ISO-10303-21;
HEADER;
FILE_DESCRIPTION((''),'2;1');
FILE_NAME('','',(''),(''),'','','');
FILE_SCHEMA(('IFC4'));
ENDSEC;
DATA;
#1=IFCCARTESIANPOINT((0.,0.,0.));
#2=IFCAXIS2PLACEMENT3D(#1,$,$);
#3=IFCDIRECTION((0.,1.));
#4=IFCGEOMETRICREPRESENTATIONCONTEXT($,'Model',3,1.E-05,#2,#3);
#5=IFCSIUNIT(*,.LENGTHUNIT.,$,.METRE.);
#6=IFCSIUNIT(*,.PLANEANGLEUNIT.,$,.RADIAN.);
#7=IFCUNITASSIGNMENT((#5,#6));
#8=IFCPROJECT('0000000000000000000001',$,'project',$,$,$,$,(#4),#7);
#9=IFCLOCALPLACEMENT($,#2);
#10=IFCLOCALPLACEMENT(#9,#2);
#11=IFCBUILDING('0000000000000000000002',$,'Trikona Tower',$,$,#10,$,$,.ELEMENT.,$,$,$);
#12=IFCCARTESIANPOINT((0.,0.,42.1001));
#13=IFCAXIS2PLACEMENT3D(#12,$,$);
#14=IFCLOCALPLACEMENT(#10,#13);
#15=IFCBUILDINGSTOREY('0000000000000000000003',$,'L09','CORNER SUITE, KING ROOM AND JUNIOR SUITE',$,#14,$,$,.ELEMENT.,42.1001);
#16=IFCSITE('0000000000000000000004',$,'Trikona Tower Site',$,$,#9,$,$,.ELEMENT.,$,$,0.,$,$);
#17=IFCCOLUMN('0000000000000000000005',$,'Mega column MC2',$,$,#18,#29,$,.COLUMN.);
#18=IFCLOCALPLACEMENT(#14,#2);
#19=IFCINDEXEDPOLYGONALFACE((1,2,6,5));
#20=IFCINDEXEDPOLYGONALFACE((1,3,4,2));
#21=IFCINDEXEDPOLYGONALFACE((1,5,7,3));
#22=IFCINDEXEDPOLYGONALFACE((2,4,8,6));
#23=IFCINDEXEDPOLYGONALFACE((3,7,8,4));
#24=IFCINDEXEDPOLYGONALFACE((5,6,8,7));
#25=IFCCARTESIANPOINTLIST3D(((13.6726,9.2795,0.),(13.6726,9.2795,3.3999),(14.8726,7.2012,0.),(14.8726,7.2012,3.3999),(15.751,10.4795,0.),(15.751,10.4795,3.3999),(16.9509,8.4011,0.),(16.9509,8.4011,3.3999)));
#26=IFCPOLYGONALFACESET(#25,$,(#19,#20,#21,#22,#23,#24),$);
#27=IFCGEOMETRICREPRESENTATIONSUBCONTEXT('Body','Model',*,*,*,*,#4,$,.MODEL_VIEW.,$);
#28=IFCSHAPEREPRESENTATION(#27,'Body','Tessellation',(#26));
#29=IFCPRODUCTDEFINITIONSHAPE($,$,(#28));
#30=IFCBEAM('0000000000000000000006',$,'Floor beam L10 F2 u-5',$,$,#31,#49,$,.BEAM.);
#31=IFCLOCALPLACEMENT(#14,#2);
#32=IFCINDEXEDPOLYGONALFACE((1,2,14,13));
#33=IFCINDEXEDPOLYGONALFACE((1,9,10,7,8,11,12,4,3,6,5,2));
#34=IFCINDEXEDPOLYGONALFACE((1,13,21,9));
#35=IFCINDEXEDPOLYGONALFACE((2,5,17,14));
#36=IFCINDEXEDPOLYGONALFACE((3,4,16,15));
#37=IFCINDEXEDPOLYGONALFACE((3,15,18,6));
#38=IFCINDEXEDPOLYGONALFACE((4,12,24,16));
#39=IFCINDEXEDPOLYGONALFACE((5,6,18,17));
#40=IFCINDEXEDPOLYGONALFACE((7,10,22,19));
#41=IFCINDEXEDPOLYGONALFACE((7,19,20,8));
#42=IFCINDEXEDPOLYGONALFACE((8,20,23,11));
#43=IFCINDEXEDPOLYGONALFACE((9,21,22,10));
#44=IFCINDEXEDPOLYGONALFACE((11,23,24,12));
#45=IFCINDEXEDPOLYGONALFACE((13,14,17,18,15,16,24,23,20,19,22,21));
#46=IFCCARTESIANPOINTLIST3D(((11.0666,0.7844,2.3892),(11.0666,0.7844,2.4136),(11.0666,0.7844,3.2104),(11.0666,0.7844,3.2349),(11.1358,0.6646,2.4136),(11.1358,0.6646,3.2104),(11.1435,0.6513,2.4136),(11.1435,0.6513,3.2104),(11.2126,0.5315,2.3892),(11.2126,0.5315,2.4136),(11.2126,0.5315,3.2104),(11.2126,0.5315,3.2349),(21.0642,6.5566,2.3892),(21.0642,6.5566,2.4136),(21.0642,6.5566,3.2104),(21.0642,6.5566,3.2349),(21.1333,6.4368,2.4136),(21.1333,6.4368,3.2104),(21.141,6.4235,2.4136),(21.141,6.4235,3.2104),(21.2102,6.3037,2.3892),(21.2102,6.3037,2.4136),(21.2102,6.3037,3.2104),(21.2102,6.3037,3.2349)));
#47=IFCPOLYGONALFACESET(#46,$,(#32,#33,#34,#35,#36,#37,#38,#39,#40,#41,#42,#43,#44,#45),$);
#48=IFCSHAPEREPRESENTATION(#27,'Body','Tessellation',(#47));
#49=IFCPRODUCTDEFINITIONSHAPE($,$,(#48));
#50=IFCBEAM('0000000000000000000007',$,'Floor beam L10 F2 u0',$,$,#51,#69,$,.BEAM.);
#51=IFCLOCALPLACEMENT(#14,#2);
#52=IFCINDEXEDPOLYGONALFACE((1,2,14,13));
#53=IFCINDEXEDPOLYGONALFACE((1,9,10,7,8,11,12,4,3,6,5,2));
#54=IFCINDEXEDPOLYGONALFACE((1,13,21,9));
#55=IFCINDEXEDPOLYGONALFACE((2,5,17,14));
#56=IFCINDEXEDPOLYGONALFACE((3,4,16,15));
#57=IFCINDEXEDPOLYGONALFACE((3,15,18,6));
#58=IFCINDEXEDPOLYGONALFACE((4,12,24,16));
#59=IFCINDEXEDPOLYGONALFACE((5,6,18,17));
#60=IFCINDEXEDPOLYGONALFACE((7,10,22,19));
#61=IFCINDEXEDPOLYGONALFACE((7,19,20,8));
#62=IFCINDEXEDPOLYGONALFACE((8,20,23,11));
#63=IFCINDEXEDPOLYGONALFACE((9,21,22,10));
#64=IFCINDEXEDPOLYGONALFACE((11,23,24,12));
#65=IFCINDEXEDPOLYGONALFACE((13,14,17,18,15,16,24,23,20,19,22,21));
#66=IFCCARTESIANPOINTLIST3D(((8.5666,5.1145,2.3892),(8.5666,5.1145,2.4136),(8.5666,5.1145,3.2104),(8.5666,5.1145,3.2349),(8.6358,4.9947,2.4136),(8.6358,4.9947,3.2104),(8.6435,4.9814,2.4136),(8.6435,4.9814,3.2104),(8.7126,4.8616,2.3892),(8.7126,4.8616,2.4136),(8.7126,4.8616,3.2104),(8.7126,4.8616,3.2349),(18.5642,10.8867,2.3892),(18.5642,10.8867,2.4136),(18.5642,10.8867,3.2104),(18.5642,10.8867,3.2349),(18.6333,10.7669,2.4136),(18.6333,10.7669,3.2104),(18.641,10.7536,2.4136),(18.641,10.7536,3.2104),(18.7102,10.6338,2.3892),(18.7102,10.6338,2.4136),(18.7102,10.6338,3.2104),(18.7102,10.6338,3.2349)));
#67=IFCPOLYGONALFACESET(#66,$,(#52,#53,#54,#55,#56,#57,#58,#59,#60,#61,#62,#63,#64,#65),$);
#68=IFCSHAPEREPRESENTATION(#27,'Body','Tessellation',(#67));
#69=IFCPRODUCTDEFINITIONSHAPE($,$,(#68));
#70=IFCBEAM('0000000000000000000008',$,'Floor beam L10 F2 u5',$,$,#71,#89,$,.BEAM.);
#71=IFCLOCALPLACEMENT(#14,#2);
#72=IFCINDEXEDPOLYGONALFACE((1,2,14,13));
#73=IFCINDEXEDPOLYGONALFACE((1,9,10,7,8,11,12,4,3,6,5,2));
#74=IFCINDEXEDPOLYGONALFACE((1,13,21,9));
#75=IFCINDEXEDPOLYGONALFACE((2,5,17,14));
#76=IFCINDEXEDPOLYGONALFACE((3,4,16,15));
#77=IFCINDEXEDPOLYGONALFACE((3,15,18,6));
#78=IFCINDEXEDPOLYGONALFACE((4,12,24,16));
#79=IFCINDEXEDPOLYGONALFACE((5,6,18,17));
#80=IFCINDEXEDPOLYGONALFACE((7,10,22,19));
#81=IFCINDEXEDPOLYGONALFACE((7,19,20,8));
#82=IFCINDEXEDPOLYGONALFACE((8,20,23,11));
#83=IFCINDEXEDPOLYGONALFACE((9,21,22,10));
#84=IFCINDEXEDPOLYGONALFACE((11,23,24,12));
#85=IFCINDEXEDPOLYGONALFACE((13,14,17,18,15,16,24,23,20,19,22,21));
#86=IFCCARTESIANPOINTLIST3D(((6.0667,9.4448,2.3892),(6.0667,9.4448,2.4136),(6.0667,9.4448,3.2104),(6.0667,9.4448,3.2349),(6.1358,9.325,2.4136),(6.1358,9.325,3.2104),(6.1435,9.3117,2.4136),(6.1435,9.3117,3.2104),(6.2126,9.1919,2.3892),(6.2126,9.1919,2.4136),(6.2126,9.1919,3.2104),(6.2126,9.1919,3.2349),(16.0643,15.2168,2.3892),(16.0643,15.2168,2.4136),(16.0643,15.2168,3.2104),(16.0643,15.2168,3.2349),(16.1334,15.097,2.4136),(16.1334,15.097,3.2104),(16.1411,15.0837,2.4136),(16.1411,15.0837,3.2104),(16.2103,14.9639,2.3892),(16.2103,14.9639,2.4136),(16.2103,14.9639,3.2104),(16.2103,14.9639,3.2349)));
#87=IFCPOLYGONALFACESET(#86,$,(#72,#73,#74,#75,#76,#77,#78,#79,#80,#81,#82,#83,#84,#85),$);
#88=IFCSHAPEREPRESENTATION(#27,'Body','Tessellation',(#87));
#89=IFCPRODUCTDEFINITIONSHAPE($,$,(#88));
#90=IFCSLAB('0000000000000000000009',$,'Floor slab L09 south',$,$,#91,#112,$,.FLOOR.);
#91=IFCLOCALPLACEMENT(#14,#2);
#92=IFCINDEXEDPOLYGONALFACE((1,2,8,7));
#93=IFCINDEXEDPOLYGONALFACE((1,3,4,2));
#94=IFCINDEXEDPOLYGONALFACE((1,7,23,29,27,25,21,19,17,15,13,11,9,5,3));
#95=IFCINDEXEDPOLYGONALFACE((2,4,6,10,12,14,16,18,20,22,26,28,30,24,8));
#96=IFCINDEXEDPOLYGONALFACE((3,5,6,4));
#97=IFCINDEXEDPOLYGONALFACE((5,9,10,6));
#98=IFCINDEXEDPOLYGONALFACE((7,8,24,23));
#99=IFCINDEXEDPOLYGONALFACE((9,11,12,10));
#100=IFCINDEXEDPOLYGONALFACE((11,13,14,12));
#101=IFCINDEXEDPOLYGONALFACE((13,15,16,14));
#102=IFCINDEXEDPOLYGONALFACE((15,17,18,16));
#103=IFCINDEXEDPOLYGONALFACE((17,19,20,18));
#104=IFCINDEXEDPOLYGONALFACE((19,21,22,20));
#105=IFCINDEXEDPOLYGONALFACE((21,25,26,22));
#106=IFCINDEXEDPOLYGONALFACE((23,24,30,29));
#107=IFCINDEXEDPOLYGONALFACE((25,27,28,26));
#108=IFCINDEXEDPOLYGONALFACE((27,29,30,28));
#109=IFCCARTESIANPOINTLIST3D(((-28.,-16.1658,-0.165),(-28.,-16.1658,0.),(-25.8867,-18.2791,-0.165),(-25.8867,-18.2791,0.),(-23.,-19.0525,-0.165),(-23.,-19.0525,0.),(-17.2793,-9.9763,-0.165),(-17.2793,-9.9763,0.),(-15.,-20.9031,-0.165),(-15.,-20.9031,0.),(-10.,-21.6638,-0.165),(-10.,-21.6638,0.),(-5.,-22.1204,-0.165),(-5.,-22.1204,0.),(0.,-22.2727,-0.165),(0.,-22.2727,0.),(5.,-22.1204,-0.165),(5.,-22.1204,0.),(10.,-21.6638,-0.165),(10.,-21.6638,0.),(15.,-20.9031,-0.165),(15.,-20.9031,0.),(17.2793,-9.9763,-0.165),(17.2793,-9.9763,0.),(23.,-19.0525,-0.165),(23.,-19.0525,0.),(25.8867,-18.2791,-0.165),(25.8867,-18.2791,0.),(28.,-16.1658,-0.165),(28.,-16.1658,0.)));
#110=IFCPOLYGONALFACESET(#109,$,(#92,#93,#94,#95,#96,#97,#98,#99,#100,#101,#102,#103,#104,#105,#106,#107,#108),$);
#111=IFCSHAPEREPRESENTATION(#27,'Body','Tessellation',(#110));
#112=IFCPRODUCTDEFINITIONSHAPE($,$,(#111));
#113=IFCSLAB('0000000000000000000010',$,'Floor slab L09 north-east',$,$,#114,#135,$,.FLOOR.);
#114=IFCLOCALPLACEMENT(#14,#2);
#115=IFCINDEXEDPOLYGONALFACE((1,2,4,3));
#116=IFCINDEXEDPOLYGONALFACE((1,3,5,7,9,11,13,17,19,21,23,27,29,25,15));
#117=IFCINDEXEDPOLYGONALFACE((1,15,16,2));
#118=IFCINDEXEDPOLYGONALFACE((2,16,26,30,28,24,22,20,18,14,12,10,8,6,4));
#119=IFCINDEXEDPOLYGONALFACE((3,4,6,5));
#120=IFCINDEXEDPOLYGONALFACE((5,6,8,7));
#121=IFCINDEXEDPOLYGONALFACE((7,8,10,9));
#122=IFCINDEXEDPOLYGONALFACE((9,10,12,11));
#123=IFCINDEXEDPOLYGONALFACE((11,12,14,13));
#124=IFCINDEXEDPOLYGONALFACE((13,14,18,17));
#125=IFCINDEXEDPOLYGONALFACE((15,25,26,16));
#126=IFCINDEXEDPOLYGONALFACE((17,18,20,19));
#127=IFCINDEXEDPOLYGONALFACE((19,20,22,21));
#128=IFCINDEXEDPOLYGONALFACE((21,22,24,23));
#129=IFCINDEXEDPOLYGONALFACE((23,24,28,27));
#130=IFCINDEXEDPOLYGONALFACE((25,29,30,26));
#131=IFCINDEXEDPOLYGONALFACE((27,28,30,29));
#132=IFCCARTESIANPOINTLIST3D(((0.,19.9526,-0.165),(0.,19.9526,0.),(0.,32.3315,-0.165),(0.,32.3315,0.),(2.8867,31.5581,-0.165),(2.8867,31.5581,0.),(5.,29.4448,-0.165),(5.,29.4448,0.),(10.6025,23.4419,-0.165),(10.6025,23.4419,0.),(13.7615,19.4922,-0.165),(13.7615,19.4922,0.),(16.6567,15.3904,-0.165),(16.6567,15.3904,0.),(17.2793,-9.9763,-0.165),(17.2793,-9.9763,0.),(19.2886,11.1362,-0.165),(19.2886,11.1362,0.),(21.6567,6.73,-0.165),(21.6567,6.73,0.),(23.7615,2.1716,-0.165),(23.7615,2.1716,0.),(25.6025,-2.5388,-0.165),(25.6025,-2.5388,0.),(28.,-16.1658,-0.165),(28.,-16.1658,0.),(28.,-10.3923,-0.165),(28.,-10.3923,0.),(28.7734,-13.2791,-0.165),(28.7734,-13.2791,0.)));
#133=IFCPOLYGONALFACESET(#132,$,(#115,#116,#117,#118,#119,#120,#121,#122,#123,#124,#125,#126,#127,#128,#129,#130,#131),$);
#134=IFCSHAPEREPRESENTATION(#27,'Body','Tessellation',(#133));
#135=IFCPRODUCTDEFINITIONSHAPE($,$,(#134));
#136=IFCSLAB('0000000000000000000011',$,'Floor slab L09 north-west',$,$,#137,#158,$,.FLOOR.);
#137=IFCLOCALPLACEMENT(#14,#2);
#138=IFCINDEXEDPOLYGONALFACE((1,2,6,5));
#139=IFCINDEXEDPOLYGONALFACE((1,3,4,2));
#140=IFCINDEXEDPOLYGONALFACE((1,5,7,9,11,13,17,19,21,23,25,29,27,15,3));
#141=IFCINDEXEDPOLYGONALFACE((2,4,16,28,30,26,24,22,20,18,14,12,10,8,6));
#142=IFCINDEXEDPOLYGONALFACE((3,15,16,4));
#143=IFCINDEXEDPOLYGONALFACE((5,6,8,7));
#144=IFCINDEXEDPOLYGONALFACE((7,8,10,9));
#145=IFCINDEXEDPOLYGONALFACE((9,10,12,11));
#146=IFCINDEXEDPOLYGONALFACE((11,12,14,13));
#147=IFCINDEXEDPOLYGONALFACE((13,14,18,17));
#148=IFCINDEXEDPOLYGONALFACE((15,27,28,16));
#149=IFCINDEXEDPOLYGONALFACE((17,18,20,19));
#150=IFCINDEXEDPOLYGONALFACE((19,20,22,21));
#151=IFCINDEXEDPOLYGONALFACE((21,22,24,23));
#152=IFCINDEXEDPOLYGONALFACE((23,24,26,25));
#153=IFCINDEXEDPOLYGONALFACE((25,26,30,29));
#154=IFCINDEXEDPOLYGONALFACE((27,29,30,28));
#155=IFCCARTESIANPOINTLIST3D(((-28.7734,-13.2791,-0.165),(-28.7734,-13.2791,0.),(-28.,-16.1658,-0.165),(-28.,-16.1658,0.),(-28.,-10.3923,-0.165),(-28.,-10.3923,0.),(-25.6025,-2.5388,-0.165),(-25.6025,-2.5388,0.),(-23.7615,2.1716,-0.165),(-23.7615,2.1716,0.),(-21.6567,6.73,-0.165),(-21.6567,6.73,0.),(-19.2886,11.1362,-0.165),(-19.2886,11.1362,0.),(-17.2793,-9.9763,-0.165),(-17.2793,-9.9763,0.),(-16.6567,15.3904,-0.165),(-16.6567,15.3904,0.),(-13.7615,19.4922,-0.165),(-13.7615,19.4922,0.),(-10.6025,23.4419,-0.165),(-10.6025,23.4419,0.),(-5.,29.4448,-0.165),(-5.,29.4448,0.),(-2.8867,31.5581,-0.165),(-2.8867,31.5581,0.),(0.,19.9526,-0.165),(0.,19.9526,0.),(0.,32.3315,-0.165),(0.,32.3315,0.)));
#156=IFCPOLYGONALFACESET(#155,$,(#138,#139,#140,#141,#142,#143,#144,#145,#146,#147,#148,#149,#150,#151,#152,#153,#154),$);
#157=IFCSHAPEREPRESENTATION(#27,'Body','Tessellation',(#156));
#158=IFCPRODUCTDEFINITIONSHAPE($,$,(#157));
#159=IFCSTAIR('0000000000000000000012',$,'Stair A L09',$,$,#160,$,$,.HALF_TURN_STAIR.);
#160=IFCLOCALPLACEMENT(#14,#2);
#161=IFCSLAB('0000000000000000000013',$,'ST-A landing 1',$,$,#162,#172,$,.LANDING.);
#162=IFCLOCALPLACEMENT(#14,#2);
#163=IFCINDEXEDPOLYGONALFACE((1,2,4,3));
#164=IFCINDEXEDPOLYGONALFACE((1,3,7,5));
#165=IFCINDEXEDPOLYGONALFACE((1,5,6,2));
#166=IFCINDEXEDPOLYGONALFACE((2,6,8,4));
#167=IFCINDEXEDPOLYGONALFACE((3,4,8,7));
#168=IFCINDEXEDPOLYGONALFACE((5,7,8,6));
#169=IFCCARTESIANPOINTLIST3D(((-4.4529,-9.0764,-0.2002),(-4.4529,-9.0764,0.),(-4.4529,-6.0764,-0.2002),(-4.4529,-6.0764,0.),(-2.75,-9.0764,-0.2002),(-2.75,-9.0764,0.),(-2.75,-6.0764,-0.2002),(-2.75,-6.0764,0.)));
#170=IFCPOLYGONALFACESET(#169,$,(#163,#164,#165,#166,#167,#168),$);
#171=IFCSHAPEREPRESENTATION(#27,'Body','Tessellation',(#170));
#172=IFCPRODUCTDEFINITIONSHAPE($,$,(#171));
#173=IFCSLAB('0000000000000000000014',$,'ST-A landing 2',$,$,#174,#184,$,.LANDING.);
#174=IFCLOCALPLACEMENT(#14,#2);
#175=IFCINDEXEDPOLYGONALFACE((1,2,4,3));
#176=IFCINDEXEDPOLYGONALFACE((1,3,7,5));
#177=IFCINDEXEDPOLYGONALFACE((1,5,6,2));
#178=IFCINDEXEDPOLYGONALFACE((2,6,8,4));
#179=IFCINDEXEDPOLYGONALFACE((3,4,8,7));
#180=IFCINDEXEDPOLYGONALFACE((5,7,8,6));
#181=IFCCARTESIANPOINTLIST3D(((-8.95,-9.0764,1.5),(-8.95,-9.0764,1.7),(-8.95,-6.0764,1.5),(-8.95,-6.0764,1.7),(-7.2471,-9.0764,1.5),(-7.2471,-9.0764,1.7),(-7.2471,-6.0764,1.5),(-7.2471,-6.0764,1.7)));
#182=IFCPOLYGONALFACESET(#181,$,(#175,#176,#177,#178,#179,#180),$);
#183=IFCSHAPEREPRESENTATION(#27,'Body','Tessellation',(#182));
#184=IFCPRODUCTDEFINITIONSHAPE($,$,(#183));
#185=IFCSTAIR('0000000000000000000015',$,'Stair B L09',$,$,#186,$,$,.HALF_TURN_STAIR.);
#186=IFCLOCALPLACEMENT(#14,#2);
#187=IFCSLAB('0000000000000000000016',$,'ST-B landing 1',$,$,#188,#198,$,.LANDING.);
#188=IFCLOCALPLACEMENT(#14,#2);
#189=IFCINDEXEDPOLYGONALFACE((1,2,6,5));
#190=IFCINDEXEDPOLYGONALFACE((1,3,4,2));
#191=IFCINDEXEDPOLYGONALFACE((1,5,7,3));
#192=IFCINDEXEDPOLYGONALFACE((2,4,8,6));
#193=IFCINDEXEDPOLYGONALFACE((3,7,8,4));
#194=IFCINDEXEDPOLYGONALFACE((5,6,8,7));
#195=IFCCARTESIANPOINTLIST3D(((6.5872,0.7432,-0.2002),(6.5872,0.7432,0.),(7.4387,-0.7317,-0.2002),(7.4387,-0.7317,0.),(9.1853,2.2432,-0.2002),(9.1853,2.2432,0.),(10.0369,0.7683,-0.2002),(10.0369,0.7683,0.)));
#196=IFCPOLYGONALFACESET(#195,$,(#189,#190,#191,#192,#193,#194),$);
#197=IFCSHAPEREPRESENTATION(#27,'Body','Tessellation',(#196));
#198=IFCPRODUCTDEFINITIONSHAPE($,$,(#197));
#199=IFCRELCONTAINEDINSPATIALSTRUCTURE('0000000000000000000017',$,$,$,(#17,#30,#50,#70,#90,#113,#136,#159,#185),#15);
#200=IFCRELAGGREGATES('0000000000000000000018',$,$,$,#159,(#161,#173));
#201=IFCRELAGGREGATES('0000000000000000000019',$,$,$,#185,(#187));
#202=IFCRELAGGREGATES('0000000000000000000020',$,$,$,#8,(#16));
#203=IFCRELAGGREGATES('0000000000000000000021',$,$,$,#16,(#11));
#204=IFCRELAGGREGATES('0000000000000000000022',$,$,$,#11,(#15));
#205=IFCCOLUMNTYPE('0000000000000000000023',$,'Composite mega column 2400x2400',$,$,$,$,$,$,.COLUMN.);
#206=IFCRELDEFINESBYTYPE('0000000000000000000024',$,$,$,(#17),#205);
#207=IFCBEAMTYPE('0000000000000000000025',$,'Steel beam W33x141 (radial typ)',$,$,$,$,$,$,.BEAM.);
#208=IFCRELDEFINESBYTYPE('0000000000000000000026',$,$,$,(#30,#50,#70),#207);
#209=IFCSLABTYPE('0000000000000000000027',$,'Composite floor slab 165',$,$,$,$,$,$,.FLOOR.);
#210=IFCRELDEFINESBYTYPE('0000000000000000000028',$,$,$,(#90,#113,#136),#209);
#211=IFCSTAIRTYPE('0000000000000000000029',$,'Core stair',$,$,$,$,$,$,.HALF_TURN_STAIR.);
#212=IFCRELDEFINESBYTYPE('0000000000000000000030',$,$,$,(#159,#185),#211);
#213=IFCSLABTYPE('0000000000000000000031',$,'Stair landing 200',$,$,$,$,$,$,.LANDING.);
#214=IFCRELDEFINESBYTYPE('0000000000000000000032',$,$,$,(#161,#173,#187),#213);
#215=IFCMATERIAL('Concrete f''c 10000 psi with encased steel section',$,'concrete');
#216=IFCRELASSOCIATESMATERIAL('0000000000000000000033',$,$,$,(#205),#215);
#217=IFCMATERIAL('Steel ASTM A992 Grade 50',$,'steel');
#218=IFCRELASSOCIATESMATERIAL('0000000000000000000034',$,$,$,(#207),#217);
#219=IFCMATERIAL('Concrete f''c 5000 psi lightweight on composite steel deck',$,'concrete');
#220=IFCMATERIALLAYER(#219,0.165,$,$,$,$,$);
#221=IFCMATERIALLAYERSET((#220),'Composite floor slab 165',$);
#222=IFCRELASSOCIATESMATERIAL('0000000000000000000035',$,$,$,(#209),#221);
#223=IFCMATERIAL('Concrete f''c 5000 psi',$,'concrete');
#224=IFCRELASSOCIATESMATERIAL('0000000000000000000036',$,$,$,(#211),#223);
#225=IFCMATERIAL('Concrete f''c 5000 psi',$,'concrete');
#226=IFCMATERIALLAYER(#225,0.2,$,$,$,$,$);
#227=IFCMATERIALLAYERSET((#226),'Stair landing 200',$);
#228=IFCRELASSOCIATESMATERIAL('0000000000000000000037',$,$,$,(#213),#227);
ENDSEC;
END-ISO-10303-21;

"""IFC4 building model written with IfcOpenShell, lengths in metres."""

from ifc_helpers import new_model, si_unit, direction, frame, origin, origin_2d, place, context, subcontext, project, spatial, polyline, rectangle, i_section, outline, extrude, material, layer, layer_set, material_profile, profile_set, type_object, element, aggregate, save


model = new_model("IFC4")

# Units and contexts
model_context = context("Model", 3, precision=1e-05, world=origin(), true_north=direction((0.0, 1.0)))
body_context = subcontext(model_context, "Body", "Model", "MODEL_VIEW")
ifc_project = project(units=[si_unit("LENGTHUNIT", "METRE"), si_unit("PLANEANGLEUNIT", "RADIAN")], contexts=[model_context])

# Site, building, storey
site_placement = place(None, origin())
site = spatial("IfcSite", under=ifc_project, at=site_placement, Name="Trikona Tower Site", CompositionType="ELEMENT", RefElevation=0.0)
building_placement = place(site_placement, origin())
building = spatial("IfcBuilding", under=site, at=building_placement, Name="Trikona Tower", CompositionType="ELEMENT")
storey_placement = place(building_placement, frame((0.0, 0.0, 42.1001)))
storey = spatial("IfcBuildingStorey", under=building, at=storey_placement, Name="L09", Description="CORNER SUITE, KING ROOM AND JUNIOR SUITE", CompositionType="ELEMENT", Elevation=42.1001)

# Column
ifc_material_1 = material(Name="Concrete f'c 10000 psi with encased steel section", Category="concrete")
ifc_material_profile_1 = material_profile(ifc_material_1, rectangle(XDim=2.3999, YDim=2.3999, at=origin_2d()), Name="MC2400")
ifc_profile_set_1 = profile_set([ifc_material_profile_1], Name="Concrete f'c 10000 psi with encased steel section")
column_type = type_object("IfcColumnType", Name="Composite mega column 2400x2400", PredefinedType="COLUMN", material=ifc_profile_set_1)
column_placement = place(storey_placement, frame((15.3118, 8.8403, 0.0), z_axis=(0.0, 0.0, 1.0), x_axis=(0.866025, 0.5, 0.0)))
element("IfcColumn", 1, at=column_placement, inside=storey, type_object=column_type, Name="Mega column MC2", PredefinedType="COLUMN", context=body_context, shape_type="SweptSolid", body=[
    extrude(rectangle(XDim=2.3999, YDim=2.3999, at=origin_2d()), origin(), (0.0, 0.0, 1.0), 3.3999),
])

# Beams
ifc_material_2 = material(Name="Steel ASTM A992 Grade 50", Category="steel")
ifc_material_profile_2 = material_profile(ifc_material_2, i_section(OverallWidth=0.292, OverallDepth=0.8457, WebThickness=0.0154, FlangeThickness=0.0244, at=origin_2d()), Name="W33X141")
ifc_profile_set_2 = profile_set([ifc_material_profile_2], Name="Steel ASTM A992 Grade 50")
beam_type = type_object("IfcBeamType", Name="Steel beam W33x141 (radial typ)", PredefinedType="BEAM", material=ifc_profile_set_2)
for number, where, z_axis, x_axis, name in (
    (2, (11.1396, 0.658, 2.812), (0.866021, 0.500008, 0.0), (-0.500008, 0.866021, 0.0), "Floor beam L10 F2 u-5"),
    (3, (8.6396, 4.988, 2.812), (0.866021, 0.500008, 0.0), (-0.500008, 0.866021, 0.0), "Floor beam L10 F2 u0"),
    (4, (6.1396, 9.3184, 2.812), (0.86603, 0.499992, 0.0), (-0.499992, 0.86603, 0.0), "Floor beam L10 F2 u5"),
):
    element("IfcBeam", number, at=place(storey_placement, frame(where, z_axis=z_axis, x_axis=x_axis)), inside=storey, type_object=beam_type, Name=name, PredefinedType="BEAM", context=body_context, shape_type="SweptSolid", body=[
        extrude(i_section(OverallWidth=0.292, OverallDepth=0.8457, WebThickness=0.0154, FlangeThickness=0.0244, at=origin_2d()), origin(), (0.0, 0.0, 1.0), 11.5442),
    ])

# Slabs
ifc_material_3 = material(Name="Concrete f'c 5000 psi lightweight on composite steel deck", Category="concrete")
ifc_layer_1 = layer(ifc_material_3, 0.165)
ifc_layer_set_1 = layer_set([ifc_layer_1], Name="Composite floor slab 165")
slab_type_1 = type_object("IfcSlabType", Name="Composite floor slab 165", PredefinedType="FLOOR", material=ifc_layer_set_1)
slab_1_placement = place(storey_placement, frame((0.0, 0.0, -0.165)))
element("IfcSlab", 5, at=slab_1_placement, inside=storey, type_object=slab_type_1, Name="Floor slab L09 south", PredefinedType="FLOOR", context=body_context, shape_type="SweptSolid", body=[
    extrude(outline(polyline([(25.8867, -18.2791), (28.0, -16.1658), (17.2793, -9.9763), (-17.2793, -9.9763), (-28.0, -16.1658), (-25.8867, -18.2791), (-23.0, -19.0525), (-15.0, -20.9031), (-10.0, -21.6638), (-5.0, -22.1204), (0.0, -22.2727), (5.0, -22.1204), (10.0, -21.6638), (15.0, -20.9031), (23.0, -19.0525), (25.8867, -18.2791)])), origin(), (0.0, 0.0, 1.0), 0.165),
])
slab_2_placement = place(storey_placement, frame((0.0, 0.0, -0.165)))
element("IfcSlab", 6, at=slab_2_placement, inside=storey, type_object=slab_type_1, Name="Floor slab L09 north-east", PredefinedType="FLOOR", context=body_context, shape_type="SweptSolid", body=[
    extrude(outline(polyline([(2.8867, 31.5581), (0.0, 32.3315), (0.0, 19.9526), (17.2793, -9.9763), (28.0, -16.1658), (28.7734, -13.2791), (28.0, -10.3923), (25.6025, -2.5388), (23.7615, 2.1716), (21.6567, 6.73), (19.2886, 11.1362), (16.6567, 15.3904), (13.7615, 19.4922), (10.6025, 23.4419), (5.0, 29.4448), (2.8867, 31.5581)])), origin(), (0.0, 0.0, 1.0), 0.165),
])
slab_3_placement = place(storey_placement, frame((0.0, 0.0, -0.165)))
element("IfcSlab", 7, at=slab_3_placement, inside=storey, type_object=slab_type_1, Name="Floor slab L09 north-west", PredefinedType="FLOOR", context=body_context, shape_type="SweptSolid", body=[
    extrude(outline(polyline([(0.0, 19.9526), (0.0, 32.3315), (-2.8867, 31.5581), (-5.0, 29.4448), (-10.6025, 23.4419), (-13.7615, 19.4922), (-16.6567, 15.3904), (-19.2886, 11.1362), (-21.6567, 6.73), (-23.7615, 2.1716), (-25.6025, -2.5388), (-28.0, -10.3923), (-28.7734, -13.2791), (-28.0, -16.1658), (-17.2793, -9.9763), (0.0, 19.9526)])), origin(), (0.0, 0.0, 1.0), 0.165),
])

# Stairs, slabs
ifc_material_4 = material(Name="Concrete f'c 5000 psi", Category="concrete")
stair_type = type_object("IfcStairType", Name="Core stair", PredefinedType="HALF_TURN_STAIR", material=ifc_material_4)
stair_1_placement = place(storey_placement, origin())
stair_1 = element("IfcStair", 8, at=stair_1_placement, inside=storey, type_object=stair_type, Name="Stair A L09", PredefinedType="HALF_TURN_STAIR")
ifc_material_5 = material(Name="Concrete f'c 5000 psi", Category="concrete")
ifc_layer_2 = layer(ifc_material_5, 0.2)
ifc_layer_set_2 = layer_set([ifc_layer_2], Name="Stair landing 200")
slab_type_2 = type_object("IfcSlabType", Name="Stair landing 200", PredefinedType="LANDING", material=ifc_layer_set_2)
slab_4_placement = place(storey_placement, frame((0.0, 0.0, -0.2002)))
slab_4 = element("IfcSlab", 9, at=slab_4_placement, type_object=slab_type_2, Name="ST-A landing 1", PredefinedType="LANDING", context=body_context, shape_type="SweptSolid", body=[
    extrude(outline(polyline([(-4.4529, -6.0764), (-2.75, -6.0764), (-2.75, -9.0764), (-4.4529, -9.0764), (-4.4529, -6.0764)])), origin(), (0.0, 0.0, 1.0), 0.2002),
])
slab_5_placement = place(storey_placement, frame((0.0, 0.0, 1.5)))
slab_5 = element("IfcSlab", 10, at=slab_5_placement, type_object=slab_type_2, Name="ST-A landing 2", PredefinedType="LANDING", context=body_context, shape_type="SweptSolid", body=[
    extrude(outline(polyline([(-8.95, -6.0764), (-7.2471, -6.0764), (-7.2471, -9.0764), (-8.95, -9.0764), (-8.95, -6.0764)])), origin(), (0.0, 0.0, 1.0), 0.2),
])
aggregate(stair_1, [slab_4, slab_5])
stair_2_placement = place(storey_placement, origin())
stair_2 = element("IfcStair", 11, at=stair_2_placement, inside=storey, type_object=stair_type, Name="Stair B L09", PredefinedType="HALF_TURN_STAIR")
slab_6_placement = place(storey_placement, frame((0.0, 0.0, -0.2002)))
slab_6 = element("IfcSlab", 12, at=slab_6_placement, type_object=slab_type_2, Name="ST-B landing 1", PredefinedType="LANDING", context=body_context, shape_type="SweptSolid", body=[
    extrude(outline(polyline([(7.4387, -0.7317), (6.5872, 0.7432), (9.1853, 2.2432), (10.0369, 0.7683), (7.4387, -0.7317)])), origin(), (0.0, 0.0, 1.0), 0.2002),
])

aggregate(stair_2, [slab_6])

save(model, "model.ifc")
